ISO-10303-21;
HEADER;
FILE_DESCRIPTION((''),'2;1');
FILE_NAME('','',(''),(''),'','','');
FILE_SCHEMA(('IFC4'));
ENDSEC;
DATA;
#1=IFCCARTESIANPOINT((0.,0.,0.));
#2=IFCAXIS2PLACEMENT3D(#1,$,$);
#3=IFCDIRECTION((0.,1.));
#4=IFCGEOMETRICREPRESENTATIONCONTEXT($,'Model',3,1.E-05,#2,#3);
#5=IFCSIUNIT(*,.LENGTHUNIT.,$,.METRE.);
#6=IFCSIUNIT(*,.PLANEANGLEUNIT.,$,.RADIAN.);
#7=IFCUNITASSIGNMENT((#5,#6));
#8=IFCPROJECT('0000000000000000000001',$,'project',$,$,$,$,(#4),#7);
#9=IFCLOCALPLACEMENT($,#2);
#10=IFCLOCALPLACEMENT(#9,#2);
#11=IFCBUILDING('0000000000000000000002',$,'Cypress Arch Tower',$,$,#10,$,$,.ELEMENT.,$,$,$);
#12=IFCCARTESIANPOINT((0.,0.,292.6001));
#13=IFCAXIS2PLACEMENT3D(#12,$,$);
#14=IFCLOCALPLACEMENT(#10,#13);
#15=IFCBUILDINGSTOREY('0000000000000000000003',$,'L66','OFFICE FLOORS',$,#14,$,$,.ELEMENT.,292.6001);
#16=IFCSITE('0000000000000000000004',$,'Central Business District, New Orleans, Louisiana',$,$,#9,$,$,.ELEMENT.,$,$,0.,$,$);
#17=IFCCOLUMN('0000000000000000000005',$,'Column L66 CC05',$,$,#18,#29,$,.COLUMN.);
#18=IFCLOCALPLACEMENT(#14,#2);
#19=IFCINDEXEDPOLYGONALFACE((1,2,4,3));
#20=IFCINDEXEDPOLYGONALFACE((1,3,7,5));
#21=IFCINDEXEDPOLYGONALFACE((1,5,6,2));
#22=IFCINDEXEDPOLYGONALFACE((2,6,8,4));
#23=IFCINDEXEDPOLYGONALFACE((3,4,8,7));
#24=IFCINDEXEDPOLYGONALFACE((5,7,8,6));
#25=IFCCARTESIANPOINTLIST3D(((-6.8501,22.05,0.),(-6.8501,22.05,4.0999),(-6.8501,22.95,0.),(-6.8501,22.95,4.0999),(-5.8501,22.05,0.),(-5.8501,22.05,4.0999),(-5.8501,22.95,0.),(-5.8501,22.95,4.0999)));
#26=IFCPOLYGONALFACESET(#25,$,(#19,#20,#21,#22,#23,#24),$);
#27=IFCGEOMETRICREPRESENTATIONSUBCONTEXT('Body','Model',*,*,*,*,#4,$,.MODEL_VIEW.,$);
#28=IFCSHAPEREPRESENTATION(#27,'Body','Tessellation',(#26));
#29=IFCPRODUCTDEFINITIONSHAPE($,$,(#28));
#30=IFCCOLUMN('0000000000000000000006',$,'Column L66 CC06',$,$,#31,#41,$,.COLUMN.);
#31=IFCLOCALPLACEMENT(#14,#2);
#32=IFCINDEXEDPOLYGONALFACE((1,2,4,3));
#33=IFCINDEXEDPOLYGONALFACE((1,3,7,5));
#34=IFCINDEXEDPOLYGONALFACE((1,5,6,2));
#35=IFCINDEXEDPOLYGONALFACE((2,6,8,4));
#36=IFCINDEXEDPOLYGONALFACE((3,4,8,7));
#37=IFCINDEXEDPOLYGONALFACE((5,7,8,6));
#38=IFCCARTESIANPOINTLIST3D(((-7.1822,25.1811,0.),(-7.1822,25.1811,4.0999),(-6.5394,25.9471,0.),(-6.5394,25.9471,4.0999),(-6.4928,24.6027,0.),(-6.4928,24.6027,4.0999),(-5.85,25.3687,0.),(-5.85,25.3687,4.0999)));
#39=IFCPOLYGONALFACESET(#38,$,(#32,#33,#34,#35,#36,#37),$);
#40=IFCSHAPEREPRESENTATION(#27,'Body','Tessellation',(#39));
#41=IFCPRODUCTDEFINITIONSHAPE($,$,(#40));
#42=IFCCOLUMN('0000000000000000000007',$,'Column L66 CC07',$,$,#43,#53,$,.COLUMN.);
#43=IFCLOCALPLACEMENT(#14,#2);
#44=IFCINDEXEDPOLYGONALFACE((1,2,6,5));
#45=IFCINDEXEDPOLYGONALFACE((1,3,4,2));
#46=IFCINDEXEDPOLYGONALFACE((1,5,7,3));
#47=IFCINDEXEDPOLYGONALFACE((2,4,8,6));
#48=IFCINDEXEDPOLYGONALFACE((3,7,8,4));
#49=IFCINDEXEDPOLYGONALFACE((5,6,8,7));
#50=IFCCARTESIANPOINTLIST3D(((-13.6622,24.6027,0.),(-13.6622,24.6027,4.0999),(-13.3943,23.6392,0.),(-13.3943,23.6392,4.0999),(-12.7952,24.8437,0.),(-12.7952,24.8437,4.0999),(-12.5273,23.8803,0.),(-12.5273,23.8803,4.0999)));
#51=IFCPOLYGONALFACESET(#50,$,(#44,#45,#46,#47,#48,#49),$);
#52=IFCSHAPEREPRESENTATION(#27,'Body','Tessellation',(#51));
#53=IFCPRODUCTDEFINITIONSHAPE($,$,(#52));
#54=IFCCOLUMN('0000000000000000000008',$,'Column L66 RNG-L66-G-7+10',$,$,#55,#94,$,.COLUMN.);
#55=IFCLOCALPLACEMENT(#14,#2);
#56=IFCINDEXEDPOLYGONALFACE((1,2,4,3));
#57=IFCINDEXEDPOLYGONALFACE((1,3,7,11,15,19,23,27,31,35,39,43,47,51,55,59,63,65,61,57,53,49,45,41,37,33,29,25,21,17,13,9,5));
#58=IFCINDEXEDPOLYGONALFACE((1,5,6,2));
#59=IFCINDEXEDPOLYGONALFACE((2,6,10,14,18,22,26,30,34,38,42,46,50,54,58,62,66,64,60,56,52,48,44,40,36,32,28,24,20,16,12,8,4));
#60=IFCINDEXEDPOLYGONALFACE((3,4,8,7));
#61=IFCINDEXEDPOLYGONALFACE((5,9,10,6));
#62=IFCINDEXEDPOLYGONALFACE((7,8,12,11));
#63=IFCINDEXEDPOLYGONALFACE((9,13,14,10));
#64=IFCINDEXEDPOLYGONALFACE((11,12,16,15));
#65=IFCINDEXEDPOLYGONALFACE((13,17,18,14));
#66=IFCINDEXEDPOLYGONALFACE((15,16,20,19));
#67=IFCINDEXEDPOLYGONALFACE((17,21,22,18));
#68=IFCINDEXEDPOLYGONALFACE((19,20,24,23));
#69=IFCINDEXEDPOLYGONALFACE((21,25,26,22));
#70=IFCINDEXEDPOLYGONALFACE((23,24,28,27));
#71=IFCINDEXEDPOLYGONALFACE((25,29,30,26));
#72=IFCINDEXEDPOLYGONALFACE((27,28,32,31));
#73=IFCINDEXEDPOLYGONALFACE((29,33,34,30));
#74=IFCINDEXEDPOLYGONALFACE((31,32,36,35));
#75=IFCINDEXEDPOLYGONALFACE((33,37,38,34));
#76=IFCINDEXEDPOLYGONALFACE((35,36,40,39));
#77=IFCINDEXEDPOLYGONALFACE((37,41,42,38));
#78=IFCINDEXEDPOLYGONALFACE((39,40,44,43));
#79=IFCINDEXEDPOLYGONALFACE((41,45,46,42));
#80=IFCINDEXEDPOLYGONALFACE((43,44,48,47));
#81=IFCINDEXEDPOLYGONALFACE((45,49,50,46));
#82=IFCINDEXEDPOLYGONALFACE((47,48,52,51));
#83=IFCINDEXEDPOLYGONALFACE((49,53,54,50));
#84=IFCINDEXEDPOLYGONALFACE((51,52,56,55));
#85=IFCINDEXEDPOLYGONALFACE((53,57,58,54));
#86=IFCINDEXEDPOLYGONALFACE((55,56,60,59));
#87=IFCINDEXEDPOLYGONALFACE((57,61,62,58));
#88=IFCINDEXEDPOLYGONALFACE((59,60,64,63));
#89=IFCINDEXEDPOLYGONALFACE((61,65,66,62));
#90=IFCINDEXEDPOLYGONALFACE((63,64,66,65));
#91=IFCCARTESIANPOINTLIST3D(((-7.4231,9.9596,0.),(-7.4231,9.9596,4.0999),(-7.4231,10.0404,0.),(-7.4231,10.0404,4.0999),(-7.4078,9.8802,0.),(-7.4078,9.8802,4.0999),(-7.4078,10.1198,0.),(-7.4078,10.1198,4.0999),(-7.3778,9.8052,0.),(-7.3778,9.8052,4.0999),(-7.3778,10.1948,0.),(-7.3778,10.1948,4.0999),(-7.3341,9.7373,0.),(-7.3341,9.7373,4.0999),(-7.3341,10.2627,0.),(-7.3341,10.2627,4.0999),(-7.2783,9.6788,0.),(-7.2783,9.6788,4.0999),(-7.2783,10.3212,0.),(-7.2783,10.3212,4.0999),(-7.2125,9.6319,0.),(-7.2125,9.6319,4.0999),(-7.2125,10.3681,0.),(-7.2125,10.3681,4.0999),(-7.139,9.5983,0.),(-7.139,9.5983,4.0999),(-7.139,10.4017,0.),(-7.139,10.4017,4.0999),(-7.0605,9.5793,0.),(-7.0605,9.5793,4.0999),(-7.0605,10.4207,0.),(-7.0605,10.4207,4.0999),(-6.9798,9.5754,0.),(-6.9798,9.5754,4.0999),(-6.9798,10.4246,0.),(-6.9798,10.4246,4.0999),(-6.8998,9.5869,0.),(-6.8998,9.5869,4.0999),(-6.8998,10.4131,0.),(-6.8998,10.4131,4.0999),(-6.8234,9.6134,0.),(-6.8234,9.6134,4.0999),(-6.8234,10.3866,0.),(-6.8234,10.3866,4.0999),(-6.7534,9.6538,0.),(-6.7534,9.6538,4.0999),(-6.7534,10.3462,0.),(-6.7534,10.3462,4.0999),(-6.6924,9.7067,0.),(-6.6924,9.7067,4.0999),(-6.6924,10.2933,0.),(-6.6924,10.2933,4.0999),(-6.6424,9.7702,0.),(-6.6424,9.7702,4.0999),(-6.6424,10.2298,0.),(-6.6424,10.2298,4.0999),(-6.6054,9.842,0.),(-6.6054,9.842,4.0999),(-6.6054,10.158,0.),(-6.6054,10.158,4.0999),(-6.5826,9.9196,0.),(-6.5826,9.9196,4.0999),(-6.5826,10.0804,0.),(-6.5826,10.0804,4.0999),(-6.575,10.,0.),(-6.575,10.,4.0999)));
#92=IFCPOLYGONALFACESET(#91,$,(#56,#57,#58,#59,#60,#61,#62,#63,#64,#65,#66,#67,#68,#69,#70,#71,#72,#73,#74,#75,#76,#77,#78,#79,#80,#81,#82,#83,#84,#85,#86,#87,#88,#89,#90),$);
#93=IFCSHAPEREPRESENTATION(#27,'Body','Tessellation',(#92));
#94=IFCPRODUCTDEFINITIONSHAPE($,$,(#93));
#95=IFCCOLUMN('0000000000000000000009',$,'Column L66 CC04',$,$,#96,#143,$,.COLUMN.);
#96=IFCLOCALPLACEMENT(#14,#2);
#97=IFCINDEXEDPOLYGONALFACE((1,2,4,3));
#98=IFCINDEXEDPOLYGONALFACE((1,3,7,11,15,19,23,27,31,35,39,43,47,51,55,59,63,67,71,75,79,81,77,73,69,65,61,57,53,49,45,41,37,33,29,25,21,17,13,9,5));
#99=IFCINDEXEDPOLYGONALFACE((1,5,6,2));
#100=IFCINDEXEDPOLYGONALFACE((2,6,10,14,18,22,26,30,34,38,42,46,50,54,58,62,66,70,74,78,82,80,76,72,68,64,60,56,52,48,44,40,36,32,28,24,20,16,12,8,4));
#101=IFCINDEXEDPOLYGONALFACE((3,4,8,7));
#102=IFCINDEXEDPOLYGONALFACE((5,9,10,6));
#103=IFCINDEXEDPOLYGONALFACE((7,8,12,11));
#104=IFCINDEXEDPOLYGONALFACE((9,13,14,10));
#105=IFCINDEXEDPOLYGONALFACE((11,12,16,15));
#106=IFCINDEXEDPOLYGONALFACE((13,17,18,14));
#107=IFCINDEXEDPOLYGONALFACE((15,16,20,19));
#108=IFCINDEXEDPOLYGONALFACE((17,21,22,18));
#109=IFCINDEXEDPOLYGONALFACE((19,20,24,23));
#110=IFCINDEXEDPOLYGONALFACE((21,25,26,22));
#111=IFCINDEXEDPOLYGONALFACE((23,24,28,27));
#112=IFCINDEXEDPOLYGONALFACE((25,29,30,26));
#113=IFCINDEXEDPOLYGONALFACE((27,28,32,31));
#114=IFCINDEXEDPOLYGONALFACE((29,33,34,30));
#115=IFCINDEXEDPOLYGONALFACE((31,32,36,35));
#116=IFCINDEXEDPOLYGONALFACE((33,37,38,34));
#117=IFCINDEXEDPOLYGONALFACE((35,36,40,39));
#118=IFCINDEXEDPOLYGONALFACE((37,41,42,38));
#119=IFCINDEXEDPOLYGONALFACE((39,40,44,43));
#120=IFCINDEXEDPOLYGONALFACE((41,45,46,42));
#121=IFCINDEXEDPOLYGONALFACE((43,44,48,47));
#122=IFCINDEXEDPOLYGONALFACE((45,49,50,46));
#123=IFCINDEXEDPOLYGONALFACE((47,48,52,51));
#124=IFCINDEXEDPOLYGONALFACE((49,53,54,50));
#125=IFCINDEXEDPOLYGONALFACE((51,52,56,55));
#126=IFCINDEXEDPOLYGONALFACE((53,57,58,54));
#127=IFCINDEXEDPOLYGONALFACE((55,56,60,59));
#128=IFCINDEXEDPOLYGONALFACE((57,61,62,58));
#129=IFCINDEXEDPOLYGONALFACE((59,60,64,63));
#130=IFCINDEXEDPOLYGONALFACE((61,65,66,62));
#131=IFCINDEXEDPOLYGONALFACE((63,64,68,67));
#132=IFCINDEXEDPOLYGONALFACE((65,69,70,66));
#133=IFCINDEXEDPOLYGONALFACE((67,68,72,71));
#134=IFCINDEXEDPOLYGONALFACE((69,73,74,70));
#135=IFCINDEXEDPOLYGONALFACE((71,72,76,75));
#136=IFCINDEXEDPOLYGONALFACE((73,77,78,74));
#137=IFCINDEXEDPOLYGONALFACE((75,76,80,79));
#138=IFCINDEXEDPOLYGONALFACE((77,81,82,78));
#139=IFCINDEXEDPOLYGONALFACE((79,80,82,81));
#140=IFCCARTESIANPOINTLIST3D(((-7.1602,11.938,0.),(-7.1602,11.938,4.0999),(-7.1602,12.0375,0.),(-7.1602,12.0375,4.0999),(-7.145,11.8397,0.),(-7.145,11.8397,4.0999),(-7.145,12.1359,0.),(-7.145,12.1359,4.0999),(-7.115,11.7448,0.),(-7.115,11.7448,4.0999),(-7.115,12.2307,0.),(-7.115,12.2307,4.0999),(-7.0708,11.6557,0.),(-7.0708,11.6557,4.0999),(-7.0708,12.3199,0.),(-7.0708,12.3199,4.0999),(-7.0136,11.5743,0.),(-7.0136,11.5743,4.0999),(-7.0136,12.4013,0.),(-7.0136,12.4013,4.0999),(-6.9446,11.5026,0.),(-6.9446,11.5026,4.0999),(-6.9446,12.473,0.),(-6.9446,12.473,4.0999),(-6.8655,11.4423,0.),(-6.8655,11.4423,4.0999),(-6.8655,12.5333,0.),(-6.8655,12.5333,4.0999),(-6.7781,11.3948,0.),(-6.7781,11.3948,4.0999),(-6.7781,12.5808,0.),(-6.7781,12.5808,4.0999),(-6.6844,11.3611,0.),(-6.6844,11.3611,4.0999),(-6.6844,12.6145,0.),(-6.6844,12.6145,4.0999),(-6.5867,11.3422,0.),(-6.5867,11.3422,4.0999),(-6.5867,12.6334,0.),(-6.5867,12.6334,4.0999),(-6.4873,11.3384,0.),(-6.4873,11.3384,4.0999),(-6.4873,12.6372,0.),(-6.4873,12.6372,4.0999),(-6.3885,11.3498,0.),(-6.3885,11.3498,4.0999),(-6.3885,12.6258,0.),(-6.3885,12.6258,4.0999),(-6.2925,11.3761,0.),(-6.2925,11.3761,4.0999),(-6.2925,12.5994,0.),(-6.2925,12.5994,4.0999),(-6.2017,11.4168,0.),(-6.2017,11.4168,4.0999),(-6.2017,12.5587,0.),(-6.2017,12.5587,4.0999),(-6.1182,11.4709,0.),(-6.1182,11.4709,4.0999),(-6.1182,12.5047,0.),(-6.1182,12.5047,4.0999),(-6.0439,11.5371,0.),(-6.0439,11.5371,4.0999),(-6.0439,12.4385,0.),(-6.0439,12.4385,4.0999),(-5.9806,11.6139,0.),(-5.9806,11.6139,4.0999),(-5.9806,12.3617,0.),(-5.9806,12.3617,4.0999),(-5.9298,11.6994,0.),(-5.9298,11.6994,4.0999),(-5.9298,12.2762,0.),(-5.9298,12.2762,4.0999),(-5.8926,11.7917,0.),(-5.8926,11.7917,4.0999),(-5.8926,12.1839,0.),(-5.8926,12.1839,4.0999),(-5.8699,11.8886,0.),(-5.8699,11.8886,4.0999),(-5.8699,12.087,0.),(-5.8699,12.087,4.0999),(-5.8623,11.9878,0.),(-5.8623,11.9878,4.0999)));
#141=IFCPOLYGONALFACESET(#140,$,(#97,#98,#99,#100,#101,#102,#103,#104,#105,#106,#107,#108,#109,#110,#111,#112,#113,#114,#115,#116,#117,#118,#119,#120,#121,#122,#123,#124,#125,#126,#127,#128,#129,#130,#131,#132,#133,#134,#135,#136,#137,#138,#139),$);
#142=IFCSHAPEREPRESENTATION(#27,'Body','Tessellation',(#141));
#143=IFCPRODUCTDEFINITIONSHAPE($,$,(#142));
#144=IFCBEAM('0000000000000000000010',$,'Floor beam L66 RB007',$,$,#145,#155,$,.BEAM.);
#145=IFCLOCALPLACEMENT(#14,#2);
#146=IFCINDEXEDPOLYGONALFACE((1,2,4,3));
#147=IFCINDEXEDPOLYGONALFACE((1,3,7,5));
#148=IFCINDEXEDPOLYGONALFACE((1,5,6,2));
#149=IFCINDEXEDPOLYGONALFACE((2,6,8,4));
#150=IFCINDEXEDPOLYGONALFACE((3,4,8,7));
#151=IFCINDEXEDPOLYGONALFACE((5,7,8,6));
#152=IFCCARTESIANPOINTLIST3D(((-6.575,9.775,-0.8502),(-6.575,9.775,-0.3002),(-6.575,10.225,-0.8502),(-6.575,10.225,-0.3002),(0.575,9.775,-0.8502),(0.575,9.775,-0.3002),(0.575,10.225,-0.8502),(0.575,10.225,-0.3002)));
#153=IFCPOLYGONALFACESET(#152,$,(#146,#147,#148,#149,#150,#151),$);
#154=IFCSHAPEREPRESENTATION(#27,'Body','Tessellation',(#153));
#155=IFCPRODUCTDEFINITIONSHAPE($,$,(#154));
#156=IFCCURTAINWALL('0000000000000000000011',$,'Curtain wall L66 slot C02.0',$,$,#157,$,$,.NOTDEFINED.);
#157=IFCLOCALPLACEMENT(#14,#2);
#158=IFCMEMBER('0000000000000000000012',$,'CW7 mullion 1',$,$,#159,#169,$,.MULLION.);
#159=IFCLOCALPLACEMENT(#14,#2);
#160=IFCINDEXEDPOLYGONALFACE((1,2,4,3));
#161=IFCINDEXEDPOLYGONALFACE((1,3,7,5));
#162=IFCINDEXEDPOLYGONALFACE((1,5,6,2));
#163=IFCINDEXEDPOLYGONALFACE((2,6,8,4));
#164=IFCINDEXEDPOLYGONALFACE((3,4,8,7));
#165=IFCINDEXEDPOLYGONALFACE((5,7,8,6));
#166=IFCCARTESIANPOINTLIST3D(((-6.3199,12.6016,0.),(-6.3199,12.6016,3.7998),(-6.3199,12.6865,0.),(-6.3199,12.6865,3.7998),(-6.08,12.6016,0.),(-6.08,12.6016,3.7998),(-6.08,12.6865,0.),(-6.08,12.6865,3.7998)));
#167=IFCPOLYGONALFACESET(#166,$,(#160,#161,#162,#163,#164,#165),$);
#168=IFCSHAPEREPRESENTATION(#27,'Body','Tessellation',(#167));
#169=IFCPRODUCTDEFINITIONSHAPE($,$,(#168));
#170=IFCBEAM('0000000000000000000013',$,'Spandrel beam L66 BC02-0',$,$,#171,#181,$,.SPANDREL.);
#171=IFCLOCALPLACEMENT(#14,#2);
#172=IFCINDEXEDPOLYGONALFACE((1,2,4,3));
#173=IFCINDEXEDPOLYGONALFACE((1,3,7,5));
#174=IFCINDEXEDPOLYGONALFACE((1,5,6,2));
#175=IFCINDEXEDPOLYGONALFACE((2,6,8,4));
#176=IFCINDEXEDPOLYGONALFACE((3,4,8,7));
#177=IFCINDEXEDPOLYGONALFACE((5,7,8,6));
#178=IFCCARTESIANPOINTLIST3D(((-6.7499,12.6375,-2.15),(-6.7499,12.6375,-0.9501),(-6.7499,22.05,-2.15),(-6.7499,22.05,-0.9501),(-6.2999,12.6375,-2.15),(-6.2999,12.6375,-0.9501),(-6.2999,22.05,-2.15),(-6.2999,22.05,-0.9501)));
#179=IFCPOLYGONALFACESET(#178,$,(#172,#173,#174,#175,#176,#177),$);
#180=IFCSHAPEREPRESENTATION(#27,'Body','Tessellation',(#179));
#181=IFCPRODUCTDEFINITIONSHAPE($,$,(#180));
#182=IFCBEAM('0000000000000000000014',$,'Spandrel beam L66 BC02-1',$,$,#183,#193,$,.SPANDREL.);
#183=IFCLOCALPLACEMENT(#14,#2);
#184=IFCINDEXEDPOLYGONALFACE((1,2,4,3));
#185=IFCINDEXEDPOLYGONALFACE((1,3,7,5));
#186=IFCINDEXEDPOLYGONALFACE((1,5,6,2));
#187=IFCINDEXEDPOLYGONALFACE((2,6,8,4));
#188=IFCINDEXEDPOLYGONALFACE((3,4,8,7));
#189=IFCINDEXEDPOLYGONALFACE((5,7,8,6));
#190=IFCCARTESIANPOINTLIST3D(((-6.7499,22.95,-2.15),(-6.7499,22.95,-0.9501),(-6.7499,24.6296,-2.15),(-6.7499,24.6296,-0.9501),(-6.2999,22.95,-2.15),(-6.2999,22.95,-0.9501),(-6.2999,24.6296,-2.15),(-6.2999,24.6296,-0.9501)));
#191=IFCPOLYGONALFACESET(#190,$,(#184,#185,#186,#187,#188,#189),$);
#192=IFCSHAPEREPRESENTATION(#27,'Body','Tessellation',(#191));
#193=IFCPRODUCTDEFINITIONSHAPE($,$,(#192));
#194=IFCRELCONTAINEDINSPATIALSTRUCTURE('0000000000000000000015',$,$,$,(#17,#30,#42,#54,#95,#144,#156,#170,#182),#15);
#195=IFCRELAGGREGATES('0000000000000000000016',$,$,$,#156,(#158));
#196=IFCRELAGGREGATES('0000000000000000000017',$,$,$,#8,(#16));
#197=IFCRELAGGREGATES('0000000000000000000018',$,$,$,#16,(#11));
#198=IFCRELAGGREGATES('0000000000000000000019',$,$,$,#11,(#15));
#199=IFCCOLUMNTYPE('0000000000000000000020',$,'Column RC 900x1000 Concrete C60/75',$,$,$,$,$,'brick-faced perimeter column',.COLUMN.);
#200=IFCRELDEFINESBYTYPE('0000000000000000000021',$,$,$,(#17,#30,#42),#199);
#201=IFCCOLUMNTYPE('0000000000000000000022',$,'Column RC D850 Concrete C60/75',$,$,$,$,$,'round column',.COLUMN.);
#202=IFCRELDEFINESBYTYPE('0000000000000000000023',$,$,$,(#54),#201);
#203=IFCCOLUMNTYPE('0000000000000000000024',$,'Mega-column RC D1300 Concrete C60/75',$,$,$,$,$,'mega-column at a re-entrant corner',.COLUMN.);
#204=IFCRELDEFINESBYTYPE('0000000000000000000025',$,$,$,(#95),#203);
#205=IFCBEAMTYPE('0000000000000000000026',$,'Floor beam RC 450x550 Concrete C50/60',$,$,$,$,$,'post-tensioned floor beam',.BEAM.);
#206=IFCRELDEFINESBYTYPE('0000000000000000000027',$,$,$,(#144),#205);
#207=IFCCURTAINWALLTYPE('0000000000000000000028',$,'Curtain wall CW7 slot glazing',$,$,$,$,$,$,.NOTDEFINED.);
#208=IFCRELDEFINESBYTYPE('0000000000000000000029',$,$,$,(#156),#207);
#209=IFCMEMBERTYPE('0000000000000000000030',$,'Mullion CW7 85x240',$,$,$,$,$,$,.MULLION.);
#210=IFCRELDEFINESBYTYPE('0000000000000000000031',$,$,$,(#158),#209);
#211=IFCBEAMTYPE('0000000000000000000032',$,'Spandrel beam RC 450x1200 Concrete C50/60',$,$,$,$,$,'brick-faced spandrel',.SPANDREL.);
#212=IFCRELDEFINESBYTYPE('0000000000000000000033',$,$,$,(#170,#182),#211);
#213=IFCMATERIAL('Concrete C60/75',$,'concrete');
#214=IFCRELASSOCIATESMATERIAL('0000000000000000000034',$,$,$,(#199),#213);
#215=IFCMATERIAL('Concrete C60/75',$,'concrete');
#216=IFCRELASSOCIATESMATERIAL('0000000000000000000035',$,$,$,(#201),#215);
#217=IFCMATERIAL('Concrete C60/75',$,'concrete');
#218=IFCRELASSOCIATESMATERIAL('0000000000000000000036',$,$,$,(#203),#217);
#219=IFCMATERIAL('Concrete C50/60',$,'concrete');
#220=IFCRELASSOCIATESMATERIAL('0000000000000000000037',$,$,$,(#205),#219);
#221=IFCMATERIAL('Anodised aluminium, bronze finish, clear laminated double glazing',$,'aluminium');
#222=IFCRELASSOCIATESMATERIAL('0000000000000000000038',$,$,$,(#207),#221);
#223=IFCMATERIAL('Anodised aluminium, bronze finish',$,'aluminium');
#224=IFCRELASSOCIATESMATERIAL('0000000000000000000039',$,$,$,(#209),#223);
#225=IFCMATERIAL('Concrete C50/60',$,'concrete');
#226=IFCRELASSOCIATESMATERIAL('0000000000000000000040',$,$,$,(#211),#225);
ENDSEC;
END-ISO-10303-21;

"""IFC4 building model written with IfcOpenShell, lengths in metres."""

from ifc_helpers import new_model, si_unit, direction, frame, origin, origin_2d, place, context, subcontext, project, spatial, rectangle, circle, extrude, material, material_profile, profile_set, type_object, element, aggregate, save


model = new_model("IFC4")

# Units and contexts
model_context = context("Model", 3, precision=1e-05, world=origin(), true_north=direction((0.0, 1.0)))
body_context = subcontext(model_context, "Body", "Model", "MODEL_VIEW")
ifc_project = project(units=[si_unit("LENGTHUNIT", "METRE"), si_unit("PLANEANGLEUNIT", "RADIAN")], contexts=[model_context])

# Site, building, storey
site_placement = place(None, origin())
site = spatial("IfcSite", under=ifc_project, at=site_placement, Name="Central Business District, New Orleans, Louisiana", CompositionType="ELEMENT", RefElevation=0.0)
building_placement = place(site_placement, origin())
building = spatial("IfcBuilding", under=site, at=building_placement, Name="Cypress Arch Tower", CompositionType="ELEMENT")
storey_placement = place(building_placement, frame((0.0, 0.0, 292.6001)))
storey = spatial("IfcBuildingStorey", under=building, at=storey_placement, Name="L66", Description="OFFICE FLOORS", CompositionType="ELEMENT", Elevation=292.6001)

# Columns
ifc_material_1 = material(Name="Concrete C60/75", Category="concrete")
ifc_material_profile_1 = material_profile(ifc_material_1, rectangle(XDim=0.8999, YDim=1.0, at=origin_2d()), Name="RC 900x1000")
ifc_profile_set_1 = profile_set([ifc_material_profile_1], Name="Concrete C60/75")
column_type_1 = type_object("IfcColumnType", Name="Column RC 900x1000 Concrete C60/75", ElementType="brick-faced perimeter column", PredefinedType="COLUMN", material=ifc_profile_set_1)
for number, where, z_axis, x_axis, name in (
    (1, (-6.3501, 22.5, 0.0), (0.0, 0.0, 1.0), (0.0, 1.0, 0.0), "Column L66 CC05"),
    (2, (-6.5161, 25.2749, 0.0), (0.0, 0.0, 1.0), (-0.766064, 0.642765, 0.0), "Column L66 CC06"),
    (3, (-13.0947, 24.2415, 0.0), (0.0, 0.0, 1.0), (-0.963456, -0.267868, 0.0), "Column L66 CC07"),
):
    element("IfcColumn", number, at=place(storey_placement, frame(where, z_axis=z_axis, x_axis=x_axis)), inside=storey, type_object=column_type_1, Name=name, PredefinedType="COLUMN", context=body_context, shape_type="SweptSolid", body=[
        extrude(rectangle(XDim=0.8999, YDim=1.0, at=origin_2d()), origin(), (0.0, 0.0, 1.0), 4.0999),
    ])
ifc_material_2 = material(Name="Concrete C60/75", Category="concrete")
ifc_material_profile_2 = material_profile(ifc_material_2, circle(Radius=0.425, at=origin_2d()), Name="RC D850")
ifc_profile_set_2 = profile_set([ifc_material_profile_2], Name="Concrete C60/75")
column_type_2 = type_object("IfcColumnType", Name="Column RC D850 Concrete C60/75", ElementType="round column", PredefinedType="COLUMN", material=ifc_profile_set_2)
column_1_placement = place(storey_placement, frame((-7.0, 10.0, 0.0), z_axis=(0.0, 0.0, 1.0), x_axis=(1.0, 0.0, 0.0)))
element("IfcColumn", 4, at=column_1_placement, inside=storey, type_object=column_type_2, Name="Column L66 RNG-L66-G-7+10", PredefinedType="COLUMN", context=body_context, shape_type="SweptSolid", body=[
    extrude(circle(Radius=0.425, at=origin_2d()), origin(), (0.0, 0.0, 1.0), 4.0999),
])
ifc_material_3 = material(Name="Concrete C60/75", Category="concrete")
ifc_material_profile_3 = material_profile(ifc_material_3, circle(Radius=0.6499, at=origin_2d()), Name="RC D1300")
ifc_profile_set_3 = profile_set([ifc_material_profile_3], Name="Concrete C60/75")
column_type_3 = type_object("IfcColumnType", Name="Mega-column RC D1300 Concrete C60/75", ElementType="mega-column at a re-entrant corner", PredefinedType="COLUMN", material=ifc_profile_set_3)
column_2_placement = place(storey_placement, frame((-6.5122, 11.9878, 0.0), z_axis=(0.0, 0.0, 1.0), x_axis=(1.0, 0.0, 0.0)))
element("IfcColumn", 5, at=column_2_placement, inside=storey, type_object=column_type_3, Name="Column L66 CC04", PredefinedType="COLUMN", context=body_context, shape_type="SweptSolid", body=[
    extrude(circle(Radius=0.6499, at=origin_2d()), origin(), (0.0, 0.0, 1.0), 4.0999),
])

# Beam
ifc_material_4 = material(Name="Concrete C50/60", Category="concrete")
ifc_material_profile_4 = material_profile(ifc_material_4, rectangle(XDim=0.45, YDim=0.55, at=origin_2d()), Name="RC 450x550")
ifc_profile_set_4 = profile_set([ifc_material_profile_4], Name="Concrete C50/60")
beam_type_1 = type_object("IfcBeamType", Name="Floor beam RC 450x550 Concrete C50/60", ElementType="post-tensioned floor beam", PredefinedType="BEAM", material=ifc_profile_set_4)
beam_1_placement = place(storey_placement, frame((-6.575, 10.0, -0.5752), z_axis=(1.0, 0.0, 0.0), x_axis=(0.0, 1.0, 0.0)))
element("IfcBeam", 6, at=beam_1_placement, inside=storey, type_object=beam_type_1, Name="Floor beam L66 RB007", PredefinedType="BEAM", context=body_context, shape_type="SweptSolid", body=[
    extrude(rectangle(XDim=0.45, YDim=0.55, at=origin_2d()), origin(), (0.0, 0.0, 1.0), 7.1499),
])

# Curtain wall, member
ifc_material_5 = material(Name="Anodised aluminium, bronze finish, clear laminated double glazing", Category="aluminium")
curtain_wall_type = type_object("IfcCurtainWallType", Name="Curtain wall CW7 slot glazing", PredefinedType="NOTDEFINED", material=ifc_material_5)
curtain_wall_placement = place(storey_placement, origin())
curtain_wall = element("IfcCurtainWall", 7, at=curtain_wall_placement, inside=storey, type_object=curtain_wall_type, Name="Curtain wall L66 slot C02.0", PredefinedType="NOTDEFINED")
ifc_material_6 = material(Name="Anodised aluminium, bronze finish", Category="aluminium")
ifc_material_profile_5 = material_profile(ifc_material_6, rectangle(XDim=0.24, YDim=0.085, at=origin_2d()), Name="Mullion 85x240")
ifc_profile_set_5 = profile_set([ifc_material_profile_5], Name="Anodised aluminium, bronze finish")
member_type_1 = type_object("IfcMemberType", Name="Mullion CW7 85x240", PredefinedType="MULLION", material=ifc_profile_set_5)
member_1_placement = place(storey_placement, frame((-6.2, 12.644, 0.0), z_axis=(0.0, 0.0, 1.0), x_axis=(-1.0, 0.0, 0.0)))
member_1 = element("IfcMember", 8, at=member_1_placement, type_object=member_type_1, Name="CW7 mullion 1", PredefinedType="MULLION", context=body_context, shape_type="SweptSolid", body=[
    extrude(rectangle(XDim=0.24, YDim=0.085, at=origin_2d()), origin(), (0.0, 0.0, 1.0), 3.7998),
])

# Beams
ifc_material_7 = material(Name="Concrete C50/60", Category="concrete")
ifc_material_profile_6 = material_profile(ifc_material_7, rectangle(XDim=0.45, YDim=1.2, at=origin_2d()), Name="RC 450x1200")
ifc_profile_set_6 = profile_set([ifc_material_profile_6], Name="Concrete C50/60")
beam_type_2 = type_object("IfcBeamType", Name="Spandrel beam RC 450x1200 Concrete C50/60", ElementType="brick-faced spandrel", PredefinedType="SPANDREL", material=ifc_profile_set_6)
beam_2_placement = place(storey_placement, frame((-6.5249, 12.6375, -1.55), z_axis=(0.0, 1.0, 0.0), x_axis=(-1.0, 0.0, 0.0)))
element("IfcBeam", 9, at=beam_2_placement, inside=storey, type_object=beam_type_2, Name="Spandrel beam L66 BC02-0", PredefinedType="SPANDREL", context=body_context, shape_type="SweptSolid", body=[
    extrude(rectangle(XDim=0.45, YDim=1.2, at=origin_2d()), origin(), (0.0, 0.0, 1.0), 9.4126),
])
beam_3_placement = place(storey_placement, frame((-6.5249, 22.95, -1.55), z_axis=(0.0, 1.0, 0.0), x_axis=(-1.0, 0.0, 0.0)))
element("IfcBeam", 10, at=beam_3_placement, inside=storey, type_object=beam_type_2, Name="Spandrel beam L66 BC02-1", PredefinedType="SPANDREL", context=body_context, shape_type="SweptSolid", body=[
    extrude(rectangle(XDim=0.45, YDim=1.2, at=origin_2d()), origin(), (0.0, 0.0, 1.0), 1.6797),
])

aggregate(curtain_wall, [member_1])

save(model, "model.ifc")
